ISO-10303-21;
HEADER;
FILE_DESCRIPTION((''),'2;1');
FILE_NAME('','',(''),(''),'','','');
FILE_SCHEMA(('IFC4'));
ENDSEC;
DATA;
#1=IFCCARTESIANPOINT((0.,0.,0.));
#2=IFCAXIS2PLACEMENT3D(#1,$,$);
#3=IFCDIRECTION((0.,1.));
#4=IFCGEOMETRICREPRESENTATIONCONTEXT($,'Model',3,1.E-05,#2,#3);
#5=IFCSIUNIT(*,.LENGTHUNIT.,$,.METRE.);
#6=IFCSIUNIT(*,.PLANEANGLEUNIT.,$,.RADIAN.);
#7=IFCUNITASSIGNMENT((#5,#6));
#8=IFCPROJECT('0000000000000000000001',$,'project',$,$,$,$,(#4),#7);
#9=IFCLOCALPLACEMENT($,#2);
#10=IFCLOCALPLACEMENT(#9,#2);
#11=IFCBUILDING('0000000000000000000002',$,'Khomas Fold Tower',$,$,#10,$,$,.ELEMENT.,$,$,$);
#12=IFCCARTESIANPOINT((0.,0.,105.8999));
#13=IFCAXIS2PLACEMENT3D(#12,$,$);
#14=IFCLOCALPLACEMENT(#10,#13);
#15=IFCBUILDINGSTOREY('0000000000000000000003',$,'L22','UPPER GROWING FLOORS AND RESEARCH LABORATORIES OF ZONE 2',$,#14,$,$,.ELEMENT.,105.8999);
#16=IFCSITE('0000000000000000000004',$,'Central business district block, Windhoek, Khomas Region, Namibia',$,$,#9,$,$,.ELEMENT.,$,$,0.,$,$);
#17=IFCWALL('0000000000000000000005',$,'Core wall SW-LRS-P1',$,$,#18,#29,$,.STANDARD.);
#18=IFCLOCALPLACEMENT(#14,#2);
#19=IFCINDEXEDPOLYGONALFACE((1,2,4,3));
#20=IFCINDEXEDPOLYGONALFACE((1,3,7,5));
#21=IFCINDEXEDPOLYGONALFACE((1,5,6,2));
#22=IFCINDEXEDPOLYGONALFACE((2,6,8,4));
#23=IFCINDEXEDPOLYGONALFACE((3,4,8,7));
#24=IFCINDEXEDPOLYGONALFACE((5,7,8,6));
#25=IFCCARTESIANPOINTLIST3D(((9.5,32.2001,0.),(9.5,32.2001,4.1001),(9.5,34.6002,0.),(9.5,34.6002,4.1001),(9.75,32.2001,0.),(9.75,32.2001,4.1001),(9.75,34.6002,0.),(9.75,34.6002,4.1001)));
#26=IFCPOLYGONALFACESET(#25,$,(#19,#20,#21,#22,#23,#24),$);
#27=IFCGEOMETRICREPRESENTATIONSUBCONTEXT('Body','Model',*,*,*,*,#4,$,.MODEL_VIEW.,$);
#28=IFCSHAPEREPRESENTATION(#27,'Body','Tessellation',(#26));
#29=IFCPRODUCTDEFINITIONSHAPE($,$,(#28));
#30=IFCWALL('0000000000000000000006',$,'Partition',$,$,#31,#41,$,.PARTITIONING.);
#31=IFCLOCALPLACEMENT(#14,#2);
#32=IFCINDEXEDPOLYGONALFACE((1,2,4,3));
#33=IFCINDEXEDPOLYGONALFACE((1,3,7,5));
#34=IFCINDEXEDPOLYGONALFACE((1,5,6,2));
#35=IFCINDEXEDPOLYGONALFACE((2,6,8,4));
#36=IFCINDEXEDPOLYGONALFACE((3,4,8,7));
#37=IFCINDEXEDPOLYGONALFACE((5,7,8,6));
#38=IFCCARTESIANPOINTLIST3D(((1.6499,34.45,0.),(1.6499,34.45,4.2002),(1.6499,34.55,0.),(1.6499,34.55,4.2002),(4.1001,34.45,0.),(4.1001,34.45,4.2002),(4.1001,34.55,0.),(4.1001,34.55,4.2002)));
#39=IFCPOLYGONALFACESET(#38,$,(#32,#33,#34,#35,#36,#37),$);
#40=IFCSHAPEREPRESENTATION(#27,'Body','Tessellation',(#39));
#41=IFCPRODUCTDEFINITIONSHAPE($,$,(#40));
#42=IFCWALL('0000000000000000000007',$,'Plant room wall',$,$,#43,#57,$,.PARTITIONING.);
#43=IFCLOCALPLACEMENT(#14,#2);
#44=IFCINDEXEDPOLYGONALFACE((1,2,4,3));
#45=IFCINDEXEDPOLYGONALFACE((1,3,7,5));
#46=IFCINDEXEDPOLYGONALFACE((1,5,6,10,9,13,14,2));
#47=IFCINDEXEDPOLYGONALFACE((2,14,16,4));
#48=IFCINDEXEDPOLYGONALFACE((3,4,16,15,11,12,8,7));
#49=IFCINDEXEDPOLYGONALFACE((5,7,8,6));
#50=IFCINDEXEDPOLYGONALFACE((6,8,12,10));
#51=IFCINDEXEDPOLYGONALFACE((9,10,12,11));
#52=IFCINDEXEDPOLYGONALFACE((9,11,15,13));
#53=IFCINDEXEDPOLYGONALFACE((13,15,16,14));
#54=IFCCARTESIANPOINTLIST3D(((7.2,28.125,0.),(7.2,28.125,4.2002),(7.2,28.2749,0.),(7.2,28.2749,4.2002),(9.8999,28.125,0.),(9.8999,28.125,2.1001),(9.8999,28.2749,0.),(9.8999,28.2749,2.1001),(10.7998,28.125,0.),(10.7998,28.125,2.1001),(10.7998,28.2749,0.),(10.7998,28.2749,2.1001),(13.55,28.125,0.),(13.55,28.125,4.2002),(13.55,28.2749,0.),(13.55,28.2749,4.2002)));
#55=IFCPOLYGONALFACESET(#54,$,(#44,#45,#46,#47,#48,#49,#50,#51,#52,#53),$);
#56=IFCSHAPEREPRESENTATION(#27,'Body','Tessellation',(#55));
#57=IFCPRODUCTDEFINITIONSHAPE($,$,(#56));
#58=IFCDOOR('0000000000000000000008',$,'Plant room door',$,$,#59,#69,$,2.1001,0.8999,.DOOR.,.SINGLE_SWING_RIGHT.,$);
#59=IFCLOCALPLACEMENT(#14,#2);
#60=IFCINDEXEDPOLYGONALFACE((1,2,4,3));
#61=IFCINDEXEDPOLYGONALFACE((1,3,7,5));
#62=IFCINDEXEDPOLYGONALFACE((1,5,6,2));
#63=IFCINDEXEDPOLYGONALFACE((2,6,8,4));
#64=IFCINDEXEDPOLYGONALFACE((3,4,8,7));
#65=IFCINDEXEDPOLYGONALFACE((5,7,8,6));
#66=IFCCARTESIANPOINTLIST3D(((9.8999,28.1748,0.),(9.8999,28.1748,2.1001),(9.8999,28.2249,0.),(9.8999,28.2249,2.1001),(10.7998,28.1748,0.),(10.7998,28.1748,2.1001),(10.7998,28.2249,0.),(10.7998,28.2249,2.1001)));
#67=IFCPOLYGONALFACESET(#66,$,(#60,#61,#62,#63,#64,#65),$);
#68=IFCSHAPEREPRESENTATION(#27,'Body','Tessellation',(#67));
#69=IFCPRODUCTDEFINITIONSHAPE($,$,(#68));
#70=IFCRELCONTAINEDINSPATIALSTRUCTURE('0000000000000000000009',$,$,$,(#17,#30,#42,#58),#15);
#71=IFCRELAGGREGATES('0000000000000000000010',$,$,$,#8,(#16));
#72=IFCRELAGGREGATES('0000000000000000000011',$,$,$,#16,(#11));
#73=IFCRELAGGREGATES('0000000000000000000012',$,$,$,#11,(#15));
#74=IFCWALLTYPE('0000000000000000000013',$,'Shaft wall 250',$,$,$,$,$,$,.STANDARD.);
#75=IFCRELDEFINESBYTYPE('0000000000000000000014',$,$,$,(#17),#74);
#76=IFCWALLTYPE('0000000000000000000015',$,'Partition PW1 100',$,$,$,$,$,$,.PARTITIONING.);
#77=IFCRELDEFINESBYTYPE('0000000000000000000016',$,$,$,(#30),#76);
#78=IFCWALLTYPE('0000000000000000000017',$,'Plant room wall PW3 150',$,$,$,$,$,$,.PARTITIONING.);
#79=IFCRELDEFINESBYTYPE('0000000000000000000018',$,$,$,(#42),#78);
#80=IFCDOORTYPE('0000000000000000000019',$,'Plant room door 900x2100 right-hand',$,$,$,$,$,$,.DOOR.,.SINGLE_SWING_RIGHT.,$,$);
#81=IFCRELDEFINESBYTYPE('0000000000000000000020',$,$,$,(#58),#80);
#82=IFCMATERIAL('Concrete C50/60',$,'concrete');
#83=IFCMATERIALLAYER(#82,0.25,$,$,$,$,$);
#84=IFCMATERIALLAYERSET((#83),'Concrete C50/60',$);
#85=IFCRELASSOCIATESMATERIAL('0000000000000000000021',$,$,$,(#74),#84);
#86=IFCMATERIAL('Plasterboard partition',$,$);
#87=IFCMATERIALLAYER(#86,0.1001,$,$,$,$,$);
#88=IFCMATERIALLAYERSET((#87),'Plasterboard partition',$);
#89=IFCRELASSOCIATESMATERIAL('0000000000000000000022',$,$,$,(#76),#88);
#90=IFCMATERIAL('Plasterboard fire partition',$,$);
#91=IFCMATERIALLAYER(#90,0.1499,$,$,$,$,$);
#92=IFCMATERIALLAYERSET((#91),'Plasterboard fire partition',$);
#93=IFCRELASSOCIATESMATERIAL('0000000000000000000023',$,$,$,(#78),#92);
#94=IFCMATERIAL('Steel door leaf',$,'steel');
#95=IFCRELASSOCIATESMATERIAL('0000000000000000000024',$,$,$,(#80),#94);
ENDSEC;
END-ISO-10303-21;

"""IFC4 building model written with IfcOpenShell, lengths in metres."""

from ifc_helpers import new_model, si_unit, direction, frame, frame_2d, origin, place, context, subcontext, project, spatial, rectangle, extrude, source, transform, mapped, material, layer, layer_set, type_object, element, fill, save


model = new_model("IFC4")

# Units and contexts
model_context = context("Model", 3, precision=1e-05, world=origin(), true_north=direction((0.0, 1.0)))
body_context = subcontext(model_context, "Body", "Model", "MODEL_VIEW")
ifc_project = project(units=[si_unit("LENGTHUNIT", "METRE"), si_unit("PLANEANGLEUNIT", "RADIAN")], contexts=[model_context])

# Site, building, storey
site_placement = place(None, origin())
site = spatial("IfcSite", under=ifc_project, at=site_placement, Name="Central business district block, Windhoek, Khomas Region, Namibia", CompositionType="ELEMENT", RefElevation=0.0)
building_placement = place(site_placement, origin())
building = spatial("IfcBuilding", under=site, at=building_placement, Name="Khomas Fold Tower", CompositionType="ELEMENT")
storey_placement = place(building_placement, frame((0.0, 0.0, 105.8999)))
storey = spatial("IfcBuildingStorey", under=building, at=storey_placement, Name="L22", Description="UPPER GROWING FLOORS AND RESEARCH LABORATORIES OF ZONE 2", CompositionType="ELEMENT", Elevation=105.8999)

# Walls
ifc_material_1 = material(Name="Concrete C50/60", Category="concrete")
ifc_layer_1 = layer(ifc_material_1, 0.25)
ifc_layer_set_1 = layer_set([ifc_layer_1], Name="Concrete C50/60")
wall_type_1 = type_object("IfcWallType", Name="Shaft wall 250", PredefinedType="STANDARD", material=ifc_layer_set_1)
shared_shape_1 = source(origin(), body_context, "Body", "SweptSolid", [
    extrude(rectangle(XDim=2.4001, YDim=0.25, at=frame_2d((1.2002, 0.0))), origin(), (0.0, 0.0, 1.0), 4.1001),
])
wall_1_placement = place(storey_placement, frame((9.625, 32.2, 0.0), z_axis=(0.0, 0.0, 1.0), x_axis=(0.0, 1.0, 0.0)))
element("IfcWall", 1, at=wall_1_placement, inside=storey, type_object=wall_type_1, Name="Core wall SW-LRS-P1", PredefinedType="STANDARD", context=body_context, shape_type="MappedRepresentation", body=[
    mapped(shared_shape_1, transform((0.0, 0.0, 0.0))),
])
ifc_material_2 = material(Name="Plasterboard partition")
ifc_layer_2 = layer(ifc_material_2, 0.1001)
ifc_layer_set_2 = layer_set([ifc_layer_2], Name="Plasterboard partition")
wall_type_2 = type_object("IfcWallType", Name="Partition PW1 100", PredefinedType="PARTITIONING", material=ifc_layer_set_2)
shared_shape_2 = source(origin(), body_context, "Body", "SweptSolid", [
    extrude(rectangle(XDim=2.4502, YDim=0.1001, at=frame_2d((1.2251, 0.0))), origin(), (0.0, 0.0, 1.0), 4.2002),
])
wall_2_placement = place(storey_placement, frame((1.6499, 34.5, 0.0), z_axis=(0.0, 0.0, 1.0), x_axis=(1.0, 0.0, 0.0)))
element("IfcWall", 2, at=wall_2_placement, inside=storey, type_object=wall_type_2, Name="Partition", PredefinedType="PARTITIONING", context=body_context, shape_type="MappedRepresentation", body=[
    mapped(shared_shape_2, transform((0.0, 0.0, 0.0))),
])

# Wall, opening, door
ifc_material_3 = material(Name="Plasterboard fire partition")
ifc_layer_3 = layer(ifc_material_3, 0.1499)
ifc_layer_set_3 = layer_set([ifc_layer_3], Name="Plasterboard fire partition")
wall_type_3 = type_object("IfcWallType", Name="Plant room wall PW3 150", PredefinedType="PARTITIONING", material=ifc_layer_set_3)
shared_shape_3 = source(origin(), body_context, "Body", "SweptSolid", [
    extrude(rectangle(XDim=6.3501, YDim=0.1499, at=frame_2d((3.175, 0.0))), origin(), (0.0, 0.0, 1.0), 4.2002),
])
wall_3_placement = place(storey_placement, frame((7.2, 28.2, 0.0), z_axis=(0.0, 0.0, 1.0), x_axis=(1.0, 0.0, 0.0)))
wall_3 = element("IfcWall", 3, at=wall_3_placement, inside=storey, type_object=wall_type_3, Name="Plant room wall", PredefinedType="PARTITIONING", context=body_context, shape_type="MappedRepresentation", body=[
    mapped(shared_shape_3, transform((0.0, 0.0, 0.0))),
])
shared_shape_4 = source(origin(), body_context, "Body", "SweptSolid", [
    extrude(rectangle(XDim=0.8999, YDim=2.1001, at=frame_2d((0.45, 1.05))), frame((0.0, 0.085, 0.0), z_axis=(0.0, -1.0, 0.0), x_axis=(1.0, 0.0, 0.0)), (0.0, 0.0, 1.0), 0.1699),
])
opening_1_placement = place(wall_3_placement, frame((2.7, 0.0, 0.0)))
opening_1 = element("IfcOpeningElement", 4, at=opening_1_placement, cuts=wall_3, PredefinedType="OPENING", context=body_context, shape_type="MappedRepresentation", body=[
    mapped(shared_shape_4, transform((0.0, 0.0, 0.0))),
])
ifc_material_4 = material(Name="Steel door leaf", Category="steel")
door_type_1 = type_object("IfcDoorType", Name="Plant room door 900x2100 right-hand", OperationType="SINGLE_SWING_RIGHT", PredefinedType="DOOR", material=ifc_material_4)
shared_shape_5 = source(origin(), body_context, "Body", "SweptSolid", [
    extrude(rectangle(XDim=0.8999, YDim=2.1001, at=frame_2d((0.45, 1.05))), frame((0.0, 0.0249, 0.0), z_axis=(0.0, -1.0, 0.0), x_axis=(1.0, 0.0, 0.0)), (0.0, 0.0, 1.0), 0.05),
])
door_1_placement = place(opening_1_placement, origin())
door_1 = element("IfcDoor", 5, at=door_1_placement, inside=storey, type_object=door_type_1, Name="Plant room door", OperationType="SINGLE_SWING_RIGHT", OverallHeight=2.1001, OverallWidth=0.8999, PredefinedType="DOOR", context=body_context, shape_type="MappedRepresentation", body=[
    mapped(shared_shape_5, transform((0.0, 0.0, 0.0))),
])
fill(opening_1, door_1)

save(model, "model.ifc")
